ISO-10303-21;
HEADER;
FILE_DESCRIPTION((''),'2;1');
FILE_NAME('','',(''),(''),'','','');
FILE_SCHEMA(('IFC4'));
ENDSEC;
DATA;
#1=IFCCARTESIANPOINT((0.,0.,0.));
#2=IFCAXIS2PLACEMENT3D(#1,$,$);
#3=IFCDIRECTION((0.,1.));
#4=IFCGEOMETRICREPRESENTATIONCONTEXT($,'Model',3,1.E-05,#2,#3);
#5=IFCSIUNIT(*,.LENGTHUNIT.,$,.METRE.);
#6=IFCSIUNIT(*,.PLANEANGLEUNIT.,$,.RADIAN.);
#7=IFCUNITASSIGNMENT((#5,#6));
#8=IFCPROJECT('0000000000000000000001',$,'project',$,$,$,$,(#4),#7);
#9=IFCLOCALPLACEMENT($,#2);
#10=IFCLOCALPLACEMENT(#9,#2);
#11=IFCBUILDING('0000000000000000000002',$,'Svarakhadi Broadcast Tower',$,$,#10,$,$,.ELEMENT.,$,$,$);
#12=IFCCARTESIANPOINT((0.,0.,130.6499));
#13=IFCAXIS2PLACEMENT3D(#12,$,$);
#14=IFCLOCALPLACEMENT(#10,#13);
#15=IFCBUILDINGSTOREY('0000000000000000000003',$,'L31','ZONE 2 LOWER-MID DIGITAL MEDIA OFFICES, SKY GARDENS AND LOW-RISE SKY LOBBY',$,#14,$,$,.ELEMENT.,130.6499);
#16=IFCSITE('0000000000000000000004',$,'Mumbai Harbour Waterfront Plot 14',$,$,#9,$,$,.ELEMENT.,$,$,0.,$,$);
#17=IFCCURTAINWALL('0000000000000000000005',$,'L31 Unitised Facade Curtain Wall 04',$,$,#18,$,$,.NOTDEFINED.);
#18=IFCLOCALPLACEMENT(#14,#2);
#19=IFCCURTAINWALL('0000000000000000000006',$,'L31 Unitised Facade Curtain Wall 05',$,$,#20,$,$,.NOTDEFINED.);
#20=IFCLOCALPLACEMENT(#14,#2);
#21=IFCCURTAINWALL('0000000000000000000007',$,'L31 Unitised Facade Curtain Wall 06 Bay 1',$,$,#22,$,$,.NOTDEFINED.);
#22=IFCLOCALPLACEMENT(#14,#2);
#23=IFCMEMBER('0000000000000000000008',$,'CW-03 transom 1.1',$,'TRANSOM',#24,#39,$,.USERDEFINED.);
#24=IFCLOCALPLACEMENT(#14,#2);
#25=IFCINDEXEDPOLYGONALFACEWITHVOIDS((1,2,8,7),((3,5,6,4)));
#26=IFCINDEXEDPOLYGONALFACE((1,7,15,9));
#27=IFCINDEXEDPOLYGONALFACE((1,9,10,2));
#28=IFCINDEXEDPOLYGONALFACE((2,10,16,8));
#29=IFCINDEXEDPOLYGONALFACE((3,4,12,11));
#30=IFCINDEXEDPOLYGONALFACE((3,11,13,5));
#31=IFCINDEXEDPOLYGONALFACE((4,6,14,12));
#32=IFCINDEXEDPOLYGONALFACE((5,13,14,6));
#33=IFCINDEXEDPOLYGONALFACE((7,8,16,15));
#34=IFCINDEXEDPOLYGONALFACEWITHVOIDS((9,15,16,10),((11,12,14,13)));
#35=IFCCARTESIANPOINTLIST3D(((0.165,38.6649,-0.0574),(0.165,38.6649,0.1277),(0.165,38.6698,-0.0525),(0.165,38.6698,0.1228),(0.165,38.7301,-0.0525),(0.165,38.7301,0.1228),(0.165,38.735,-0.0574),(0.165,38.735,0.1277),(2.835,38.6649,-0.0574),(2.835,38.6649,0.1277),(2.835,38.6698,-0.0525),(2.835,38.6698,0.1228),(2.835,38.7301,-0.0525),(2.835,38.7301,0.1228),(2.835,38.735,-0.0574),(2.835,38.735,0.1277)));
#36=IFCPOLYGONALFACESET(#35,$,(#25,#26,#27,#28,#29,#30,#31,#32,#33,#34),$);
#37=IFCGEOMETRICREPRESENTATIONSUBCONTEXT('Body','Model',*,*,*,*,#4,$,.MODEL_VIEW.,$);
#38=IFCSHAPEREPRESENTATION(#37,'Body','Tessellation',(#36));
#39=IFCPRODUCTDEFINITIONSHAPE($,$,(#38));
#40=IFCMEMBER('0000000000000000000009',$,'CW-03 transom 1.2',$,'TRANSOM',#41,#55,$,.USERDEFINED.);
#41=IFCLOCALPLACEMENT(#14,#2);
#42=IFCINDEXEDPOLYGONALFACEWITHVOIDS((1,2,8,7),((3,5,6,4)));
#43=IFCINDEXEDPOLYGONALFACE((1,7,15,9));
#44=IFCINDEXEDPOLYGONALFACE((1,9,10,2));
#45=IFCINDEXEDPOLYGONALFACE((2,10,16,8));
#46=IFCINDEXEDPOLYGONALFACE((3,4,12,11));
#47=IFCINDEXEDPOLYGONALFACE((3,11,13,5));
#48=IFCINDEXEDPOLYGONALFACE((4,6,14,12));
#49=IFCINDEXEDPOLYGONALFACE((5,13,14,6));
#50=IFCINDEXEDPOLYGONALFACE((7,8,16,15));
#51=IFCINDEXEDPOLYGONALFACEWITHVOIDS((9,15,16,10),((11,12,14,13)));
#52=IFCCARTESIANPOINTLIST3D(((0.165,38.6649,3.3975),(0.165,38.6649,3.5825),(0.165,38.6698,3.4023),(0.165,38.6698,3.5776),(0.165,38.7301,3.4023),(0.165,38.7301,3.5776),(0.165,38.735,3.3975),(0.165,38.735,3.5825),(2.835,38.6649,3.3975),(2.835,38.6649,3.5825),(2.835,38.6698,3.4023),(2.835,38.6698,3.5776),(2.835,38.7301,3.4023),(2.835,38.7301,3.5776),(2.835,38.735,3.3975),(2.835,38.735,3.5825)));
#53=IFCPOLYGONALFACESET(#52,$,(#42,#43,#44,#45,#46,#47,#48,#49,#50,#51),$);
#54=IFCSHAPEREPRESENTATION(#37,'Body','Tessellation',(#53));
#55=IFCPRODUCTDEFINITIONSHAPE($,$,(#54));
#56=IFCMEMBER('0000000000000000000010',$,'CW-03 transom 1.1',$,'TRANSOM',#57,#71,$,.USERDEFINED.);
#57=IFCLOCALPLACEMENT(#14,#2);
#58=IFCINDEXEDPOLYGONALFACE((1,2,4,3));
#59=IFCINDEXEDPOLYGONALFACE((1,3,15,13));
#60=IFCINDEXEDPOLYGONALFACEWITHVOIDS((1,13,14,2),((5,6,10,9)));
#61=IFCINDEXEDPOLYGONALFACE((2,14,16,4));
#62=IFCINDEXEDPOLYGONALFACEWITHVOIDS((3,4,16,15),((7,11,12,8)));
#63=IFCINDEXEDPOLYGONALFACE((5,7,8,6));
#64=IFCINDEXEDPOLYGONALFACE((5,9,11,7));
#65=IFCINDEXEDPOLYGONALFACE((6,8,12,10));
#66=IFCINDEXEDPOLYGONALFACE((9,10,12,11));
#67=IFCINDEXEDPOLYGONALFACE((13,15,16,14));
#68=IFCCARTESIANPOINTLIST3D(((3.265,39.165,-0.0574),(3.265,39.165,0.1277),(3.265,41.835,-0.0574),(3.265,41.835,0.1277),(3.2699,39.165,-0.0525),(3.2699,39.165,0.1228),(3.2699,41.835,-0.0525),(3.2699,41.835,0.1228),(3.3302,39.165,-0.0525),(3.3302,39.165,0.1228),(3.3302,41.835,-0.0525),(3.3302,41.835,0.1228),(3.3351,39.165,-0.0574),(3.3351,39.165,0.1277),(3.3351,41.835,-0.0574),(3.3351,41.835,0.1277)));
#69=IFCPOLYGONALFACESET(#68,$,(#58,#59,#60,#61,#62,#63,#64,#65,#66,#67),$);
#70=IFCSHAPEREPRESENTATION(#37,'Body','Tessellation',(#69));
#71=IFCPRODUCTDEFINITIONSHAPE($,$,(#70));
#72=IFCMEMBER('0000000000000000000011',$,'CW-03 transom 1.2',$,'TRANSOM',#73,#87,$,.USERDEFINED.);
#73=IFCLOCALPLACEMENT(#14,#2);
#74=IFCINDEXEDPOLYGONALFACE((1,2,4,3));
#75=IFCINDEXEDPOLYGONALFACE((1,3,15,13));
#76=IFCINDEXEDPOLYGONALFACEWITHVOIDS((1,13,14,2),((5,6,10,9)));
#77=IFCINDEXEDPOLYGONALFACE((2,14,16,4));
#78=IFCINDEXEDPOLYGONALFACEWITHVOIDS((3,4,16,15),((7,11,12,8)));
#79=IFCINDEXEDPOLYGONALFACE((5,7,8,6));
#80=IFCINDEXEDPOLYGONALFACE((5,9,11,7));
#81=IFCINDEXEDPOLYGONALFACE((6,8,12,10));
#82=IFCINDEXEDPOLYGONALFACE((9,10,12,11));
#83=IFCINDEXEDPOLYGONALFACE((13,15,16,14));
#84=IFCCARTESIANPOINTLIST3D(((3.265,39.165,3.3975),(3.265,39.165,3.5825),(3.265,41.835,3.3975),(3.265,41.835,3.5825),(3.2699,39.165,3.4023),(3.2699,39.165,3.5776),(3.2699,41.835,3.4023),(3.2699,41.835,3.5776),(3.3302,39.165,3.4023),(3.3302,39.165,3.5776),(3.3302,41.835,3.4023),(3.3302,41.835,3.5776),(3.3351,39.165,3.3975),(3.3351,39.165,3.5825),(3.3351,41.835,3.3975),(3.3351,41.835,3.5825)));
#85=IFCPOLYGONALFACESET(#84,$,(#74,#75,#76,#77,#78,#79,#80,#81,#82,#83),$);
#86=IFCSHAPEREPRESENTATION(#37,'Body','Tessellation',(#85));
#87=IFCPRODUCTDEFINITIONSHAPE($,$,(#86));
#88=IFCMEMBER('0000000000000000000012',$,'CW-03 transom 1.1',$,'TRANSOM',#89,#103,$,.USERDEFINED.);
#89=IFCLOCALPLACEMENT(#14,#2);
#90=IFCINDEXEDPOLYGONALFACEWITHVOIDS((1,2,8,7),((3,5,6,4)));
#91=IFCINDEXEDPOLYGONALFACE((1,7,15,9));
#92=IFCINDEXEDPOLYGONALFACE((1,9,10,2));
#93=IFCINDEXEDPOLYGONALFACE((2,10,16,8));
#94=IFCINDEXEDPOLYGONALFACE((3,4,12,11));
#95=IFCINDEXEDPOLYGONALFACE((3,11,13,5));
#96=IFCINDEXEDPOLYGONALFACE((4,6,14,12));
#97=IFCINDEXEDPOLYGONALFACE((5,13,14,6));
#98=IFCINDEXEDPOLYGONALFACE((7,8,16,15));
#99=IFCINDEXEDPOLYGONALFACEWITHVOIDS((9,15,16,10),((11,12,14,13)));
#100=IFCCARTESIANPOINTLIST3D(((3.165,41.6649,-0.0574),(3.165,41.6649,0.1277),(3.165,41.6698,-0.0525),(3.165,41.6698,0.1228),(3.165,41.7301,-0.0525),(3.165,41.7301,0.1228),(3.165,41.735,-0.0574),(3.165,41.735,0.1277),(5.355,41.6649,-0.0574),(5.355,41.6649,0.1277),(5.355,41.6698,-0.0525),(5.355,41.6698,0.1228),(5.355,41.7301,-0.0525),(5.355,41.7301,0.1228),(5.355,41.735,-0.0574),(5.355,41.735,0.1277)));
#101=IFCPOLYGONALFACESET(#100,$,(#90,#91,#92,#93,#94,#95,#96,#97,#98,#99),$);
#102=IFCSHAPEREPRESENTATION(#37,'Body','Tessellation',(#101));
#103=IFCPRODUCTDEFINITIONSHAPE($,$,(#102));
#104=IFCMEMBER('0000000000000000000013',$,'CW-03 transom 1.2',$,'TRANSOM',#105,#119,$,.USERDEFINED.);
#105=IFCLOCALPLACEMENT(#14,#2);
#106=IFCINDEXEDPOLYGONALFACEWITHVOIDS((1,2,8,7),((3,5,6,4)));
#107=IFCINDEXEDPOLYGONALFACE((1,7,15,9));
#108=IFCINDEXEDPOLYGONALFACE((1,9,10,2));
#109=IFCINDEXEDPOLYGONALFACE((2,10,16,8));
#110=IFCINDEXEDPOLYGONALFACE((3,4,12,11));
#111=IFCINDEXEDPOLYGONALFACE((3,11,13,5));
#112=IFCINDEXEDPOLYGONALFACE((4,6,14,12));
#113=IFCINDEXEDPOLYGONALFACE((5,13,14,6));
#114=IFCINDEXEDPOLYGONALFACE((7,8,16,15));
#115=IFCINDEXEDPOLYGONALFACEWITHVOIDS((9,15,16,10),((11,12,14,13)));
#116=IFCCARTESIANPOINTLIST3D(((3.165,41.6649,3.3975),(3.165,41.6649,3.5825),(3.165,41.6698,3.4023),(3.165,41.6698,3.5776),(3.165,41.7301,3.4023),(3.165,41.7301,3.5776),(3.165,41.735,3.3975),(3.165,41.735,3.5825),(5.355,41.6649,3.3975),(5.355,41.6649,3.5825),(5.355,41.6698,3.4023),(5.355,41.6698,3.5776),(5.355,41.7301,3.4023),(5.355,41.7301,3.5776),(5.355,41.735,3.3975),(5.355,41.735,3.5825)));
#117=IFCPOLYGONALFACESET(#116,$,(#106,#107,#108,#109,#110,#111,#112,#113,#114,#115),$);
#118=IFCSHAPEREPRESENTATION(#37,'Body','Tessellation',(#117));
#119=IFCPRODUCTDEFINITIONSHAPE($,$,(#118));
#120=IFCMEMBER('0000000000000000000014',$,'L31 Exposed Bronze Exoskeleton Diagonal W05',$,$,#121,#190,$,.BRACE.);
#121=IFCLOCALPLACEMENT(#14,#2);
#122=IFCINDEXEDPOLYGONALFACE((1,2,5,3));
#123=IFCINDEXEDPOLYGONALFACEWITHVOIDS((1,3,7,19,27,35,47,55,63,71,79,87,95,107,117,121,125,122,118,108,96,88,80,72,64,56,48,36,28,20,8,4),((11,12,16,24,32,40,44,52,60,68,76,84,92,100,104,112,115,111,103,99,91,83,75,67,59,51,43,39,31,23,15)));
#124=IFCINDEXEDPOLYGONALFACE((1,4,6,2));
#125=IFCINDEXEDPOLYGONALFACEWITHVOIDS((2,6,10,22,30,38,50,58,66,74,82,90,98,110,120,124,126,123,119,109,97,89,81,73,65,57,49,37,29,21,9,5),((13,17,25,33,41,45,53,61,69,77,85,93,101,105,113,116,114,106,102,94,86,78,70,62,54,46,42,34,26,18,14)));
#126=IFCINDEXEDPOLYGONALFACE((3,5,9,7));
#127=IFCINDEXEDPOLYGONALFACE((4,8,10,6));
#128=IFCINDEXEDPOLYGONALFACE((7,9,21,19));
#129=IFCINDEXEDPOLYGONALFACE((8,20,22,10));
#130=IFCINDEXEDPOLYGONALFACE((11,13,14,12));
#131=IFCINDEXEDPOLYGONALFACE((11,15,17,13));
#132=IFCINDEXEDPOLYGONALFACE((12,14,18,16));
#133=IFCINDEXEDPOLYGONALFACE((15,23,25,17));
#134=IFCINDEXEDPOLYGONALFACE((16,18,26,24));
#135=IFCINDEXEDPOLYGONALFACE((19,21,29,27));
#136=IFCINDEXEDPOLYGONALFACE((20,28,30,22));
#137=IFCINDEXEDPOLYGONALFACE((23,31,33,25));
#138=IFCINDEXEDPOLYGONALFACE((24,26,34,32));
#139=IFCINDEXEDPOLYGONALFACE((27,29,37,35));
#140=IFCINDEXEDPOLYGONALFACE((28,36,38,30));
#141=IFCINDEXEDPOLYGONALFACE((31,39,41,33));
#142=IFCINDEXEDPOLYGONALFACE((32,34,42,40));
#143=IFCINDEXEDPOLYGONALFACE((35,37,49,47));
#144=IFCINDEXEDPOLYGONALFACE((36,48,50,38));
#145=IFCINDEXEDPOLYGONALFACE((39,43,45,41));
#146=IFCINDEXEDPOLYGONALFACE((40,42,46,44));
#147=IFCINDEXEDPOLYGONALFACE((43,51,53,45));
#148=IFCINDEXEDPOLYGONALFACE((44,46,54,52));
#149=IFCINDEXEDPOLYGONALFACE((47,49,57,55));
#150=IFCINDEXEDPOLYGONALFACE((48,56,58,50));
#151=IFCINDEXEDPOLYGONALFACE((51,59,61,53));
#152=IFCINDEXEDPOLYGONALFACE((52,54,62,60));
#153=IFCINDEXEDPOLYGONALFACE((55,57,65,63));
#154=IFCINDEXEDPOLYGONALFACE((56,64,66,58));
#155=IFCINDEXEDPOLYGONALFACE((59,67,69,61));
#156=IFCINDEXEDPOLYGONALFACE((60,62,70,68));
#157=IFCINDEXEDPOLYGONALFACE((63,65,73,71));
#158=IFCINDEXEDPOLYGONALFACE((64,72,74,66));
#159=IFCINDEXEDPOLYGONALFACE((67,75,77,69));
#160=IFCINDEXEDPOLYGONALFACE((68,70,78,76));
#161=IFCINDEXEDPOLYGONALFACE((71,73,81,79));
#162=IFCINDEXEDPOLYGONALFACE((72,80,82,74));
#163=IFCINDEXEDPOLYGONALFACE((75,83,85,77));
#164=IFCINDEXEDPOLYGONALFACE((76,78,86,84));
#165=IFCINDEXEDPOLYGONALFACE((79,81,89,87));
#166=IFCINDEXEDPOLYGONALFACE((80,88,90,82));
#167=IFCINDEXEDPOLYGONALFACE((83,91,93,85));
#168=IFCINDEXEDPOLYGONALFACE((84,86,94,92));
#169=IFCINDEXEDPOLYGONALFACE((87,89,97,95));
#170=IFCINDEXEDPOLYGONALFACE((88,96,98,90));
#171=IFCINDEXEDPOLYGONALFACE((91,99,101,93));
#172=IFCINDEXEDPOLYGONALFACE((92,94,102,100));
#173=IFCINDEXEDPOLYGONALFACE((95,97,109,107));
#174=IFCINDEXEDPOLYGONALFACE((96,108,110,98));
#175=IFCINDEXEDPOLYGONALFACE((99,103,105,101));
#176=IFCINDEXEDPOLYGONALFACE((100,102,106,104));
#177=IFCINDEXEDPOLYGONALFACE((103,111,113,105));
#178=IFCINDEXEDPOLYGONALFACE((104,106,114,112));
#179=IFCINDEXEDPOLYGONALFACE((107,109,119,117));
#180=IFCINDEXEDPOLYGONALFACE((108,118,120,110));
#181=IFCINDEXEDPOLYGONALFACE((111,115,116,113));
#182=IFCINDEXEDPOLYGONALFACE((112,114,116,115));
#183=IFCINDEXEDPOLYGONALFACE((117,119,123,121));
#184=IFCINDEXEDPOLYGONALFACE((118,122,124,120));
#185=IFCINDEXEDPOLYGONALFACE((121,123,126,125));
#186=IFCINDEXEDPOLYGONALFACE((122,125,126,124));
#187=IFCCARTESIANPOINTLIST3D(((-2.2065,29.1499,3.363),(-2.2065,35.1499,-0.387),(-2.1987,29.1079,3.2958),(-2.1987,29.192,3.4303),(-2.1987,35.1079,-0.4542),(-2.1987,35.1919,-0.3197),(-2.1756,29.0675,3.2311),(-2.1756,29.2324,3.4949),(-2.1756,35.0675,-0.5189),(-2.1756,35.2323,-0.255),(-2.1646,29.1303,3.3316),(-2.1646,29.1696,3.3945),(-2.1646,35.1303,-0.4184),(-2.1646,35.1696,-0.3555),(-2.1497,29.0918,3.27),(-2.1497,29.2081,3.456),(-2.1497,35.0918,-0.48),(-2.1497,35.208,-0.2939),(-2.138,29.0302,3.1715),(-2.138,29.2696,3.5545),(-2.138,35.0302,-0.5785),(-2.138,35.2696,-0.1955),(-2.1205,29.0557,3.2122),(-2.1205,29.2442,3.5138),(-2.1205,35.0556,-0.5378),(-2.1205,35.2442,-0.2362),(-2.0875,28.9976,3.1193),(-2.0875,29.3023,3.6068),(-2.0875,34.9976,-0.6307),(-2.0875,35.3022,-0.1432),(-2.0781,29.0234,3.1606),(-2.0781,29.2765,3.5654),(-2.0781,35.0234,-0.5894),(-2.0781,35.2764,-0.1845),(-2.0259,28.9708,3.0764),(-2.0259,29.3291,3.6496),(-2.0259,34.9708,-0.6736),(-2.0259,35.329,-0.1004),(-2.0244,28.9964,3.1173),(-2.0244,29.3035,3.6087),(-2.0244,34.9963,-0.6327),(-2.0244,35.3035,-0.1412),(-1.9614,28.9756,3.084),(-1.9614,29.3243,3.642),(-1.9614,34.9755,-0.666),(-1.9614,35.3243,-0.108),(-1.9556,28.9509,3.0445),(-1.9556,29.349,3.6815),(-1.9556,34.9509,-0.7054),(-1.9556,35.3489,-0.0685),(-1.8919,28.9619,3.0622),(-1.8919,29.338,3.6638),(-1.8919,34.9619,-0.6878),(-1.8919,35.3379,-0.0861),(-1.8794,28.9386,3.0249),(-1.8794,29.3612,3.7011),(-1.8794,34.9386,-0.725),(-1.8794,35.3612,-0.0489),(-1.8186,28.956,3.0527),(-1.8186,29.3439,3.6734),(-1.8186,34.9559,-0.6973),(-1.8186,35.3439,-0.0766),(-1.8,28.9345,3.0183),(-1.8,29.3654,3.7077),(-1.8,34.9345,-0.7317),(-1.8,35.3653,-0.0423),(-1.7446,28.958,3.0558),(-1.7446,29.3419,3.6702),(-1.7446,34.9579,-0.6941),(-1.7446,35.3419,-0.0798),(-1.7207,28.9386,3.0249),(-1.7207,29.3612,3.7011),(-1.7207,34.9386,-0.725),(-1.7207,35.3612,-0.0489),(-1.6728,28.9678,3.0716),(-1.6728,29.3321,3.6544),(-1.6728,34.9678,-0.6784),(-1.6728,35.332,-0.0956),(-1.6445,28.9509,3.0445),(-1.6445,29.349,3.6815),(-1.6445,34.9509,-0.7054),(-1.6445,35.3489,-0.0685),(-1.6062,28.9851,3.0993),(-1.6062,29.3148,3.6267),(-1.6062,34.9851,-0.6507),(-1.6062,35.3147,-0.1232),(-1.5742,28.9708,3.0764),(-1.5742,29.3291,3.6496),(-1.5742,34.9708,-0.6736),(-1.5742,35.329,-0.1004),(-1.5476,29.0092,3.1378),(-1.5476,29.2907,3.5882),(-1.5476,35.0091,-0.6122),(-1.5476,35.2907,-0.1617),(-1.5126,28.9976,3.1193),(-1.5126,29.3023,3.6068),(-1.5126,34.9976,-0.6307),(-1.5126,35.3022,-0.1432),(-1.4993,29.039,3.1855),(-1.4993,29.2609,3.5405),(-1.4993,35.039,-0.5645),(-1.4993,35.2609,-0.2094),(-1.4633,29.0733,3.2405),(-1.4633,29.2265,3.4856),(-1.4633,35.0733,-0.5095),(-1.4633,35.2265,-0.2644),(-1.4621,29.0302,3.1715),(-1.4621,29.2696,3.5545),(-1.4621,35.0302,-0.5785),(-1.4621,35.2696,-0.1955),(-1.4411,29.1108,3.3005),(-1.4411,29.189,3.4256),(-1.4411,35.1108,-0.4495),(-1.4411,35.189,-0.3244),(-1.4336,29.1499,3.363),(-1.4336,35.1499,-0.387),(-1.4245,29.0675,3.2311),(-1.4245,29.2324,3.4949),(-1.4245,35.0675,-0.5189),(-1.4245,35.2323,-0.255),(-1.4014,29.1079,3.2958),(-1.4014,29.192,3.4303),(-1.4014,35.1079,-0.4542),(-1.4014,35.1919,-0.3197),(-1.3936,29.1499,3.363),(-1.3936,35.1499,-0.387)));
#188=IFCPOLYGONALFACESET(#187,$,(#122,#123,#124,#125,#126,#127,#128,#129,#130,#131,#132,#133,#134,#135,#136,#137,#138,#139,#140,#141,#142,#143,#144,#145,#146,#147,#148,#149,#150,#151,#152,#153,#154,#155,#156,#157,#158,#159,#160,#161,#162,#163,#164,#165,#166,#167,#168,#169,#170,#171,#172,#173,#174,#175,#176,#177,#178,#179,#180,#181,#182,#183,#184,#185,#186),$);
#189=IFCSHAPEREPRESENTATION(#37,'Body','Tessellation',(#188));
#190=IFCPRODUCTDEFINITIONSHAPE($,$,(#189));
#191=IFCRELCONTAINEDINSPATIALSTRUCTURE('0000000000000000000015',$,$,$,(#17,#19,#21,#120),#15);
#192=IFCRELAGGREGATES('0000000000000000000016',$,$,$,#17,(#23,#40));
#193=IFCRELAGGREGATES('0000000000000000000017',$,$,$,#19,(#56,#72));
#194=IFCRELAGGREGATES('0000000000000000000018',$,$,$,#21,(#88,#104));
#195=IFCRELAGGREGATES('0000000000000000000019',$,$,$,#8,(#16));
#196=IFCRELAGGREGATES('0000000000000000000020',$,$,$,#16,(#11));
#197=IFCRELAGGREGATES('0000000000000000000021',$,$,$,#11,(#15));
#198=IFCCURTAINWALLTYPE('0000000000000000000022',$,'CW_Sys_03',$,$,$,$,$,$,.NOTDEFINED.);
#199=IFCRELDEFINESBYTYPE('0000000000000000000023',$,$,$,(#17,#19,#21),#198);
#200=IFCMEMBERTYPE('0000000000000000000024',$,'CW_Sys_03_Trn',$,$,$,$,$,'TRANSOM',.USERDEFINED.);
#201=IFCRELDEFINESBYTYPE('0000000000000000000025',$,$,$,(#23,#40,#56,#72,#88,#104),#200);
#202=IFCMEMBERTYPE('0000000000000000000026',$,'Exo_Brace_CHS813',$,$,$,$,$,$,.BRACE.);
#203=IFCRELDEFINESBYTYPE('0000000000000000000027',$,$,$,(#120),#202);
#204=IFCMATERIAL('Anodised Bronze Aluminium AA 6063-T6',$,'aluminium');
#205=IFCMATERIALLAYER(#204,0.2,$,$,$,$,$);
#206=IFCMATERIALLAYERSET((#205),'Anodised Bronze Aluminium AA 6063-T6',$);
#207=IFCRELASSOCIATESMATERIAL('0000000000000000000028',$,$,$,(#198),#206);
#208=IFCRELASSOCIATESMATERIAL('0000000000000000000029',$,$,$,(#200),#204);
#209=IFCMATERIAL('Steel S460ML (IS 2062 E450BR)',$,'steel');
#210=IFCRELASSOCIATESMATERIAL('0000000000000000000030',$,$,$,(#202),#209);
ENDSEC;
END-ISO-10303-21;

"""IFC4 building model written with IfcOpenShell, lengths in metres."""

from ifc_helpers import new_model, si_unit, direction, frame, origin, origin_2d, place, context, subcontext, project, spatial, hollow_rectangle, hollow_circle, extrude, material, layer, layer_set, material_profile, profile_set, type_object, element, aggregate, save


model = new_model("IFC4")

# Units and contexts
model_context = context("Model", 3, precision=1e-05, world=origin(), true_north=direction((0.0, 1.0)))
body_context = subcontext(model_context, "Body", "Model", "MODEL_VIEW")
ifc_project = project(units=[si_unit("LENGTHUNIT", "METRE"), si_unit("PLANEANGLEUNIT", "RADIAN")], contexts=[model_context])

# Site, building, storey
site_placement = place(None, origin())
site = spatial("IfcSite", under=ifc_project, at=site_placement, Name="Mumbai Harbour Waterfront Plot 14", CompositionType="ELEMENT", RefElevation=0.0)
building_placement = place(site_placement, origin())
building = spatial("IfcBuilding", under=site, at=building_placement, Name="Svarakhadi Broadcast Tower", CompositionType="ELEMENT")
storey_placement = place(building_placement, frame((0.0, 0.0, 130.6499)))
storey = spatial("IfcBuildingStorey", under=building, at=storey_placement, Name="L31", Description="ZONE 2 LOWER-MID DIGITAL MEDIA OFFICES, SKY GARDENS AND LOW-RISE SKY LOBBY", CompositionType="ELEMENT", Elevation=130.6499)

# Shared definitions
ifc_material_1 = material(Name="Anodised Bronze Aluminium AA 6063-T6", Category="aluminium")
ifc_layer_1 = layer(ifc_material_1, 0.2)
ifc_layer_set_1 = layer_set([ifc_layer_1], Name="Anodised Bronze Aluminium AA 6063-T6")
curtain_wall_type = type_object("IfcCurtainWallType", Name="CW_Sys_03", PredefinedType="NOTDEFINED", material=ifc_layer_set_1)

# Curtain walls
curtain_wall_1_placement = place(storey_placement, origin())
curtain_wall_1 = element("IfcCurtainWall", 1, at=curtain_wall_1_placement, inside=storey, type_object=curtain_wall_type, Name="L31 Unitised Facade Curtain Wall 04", PredefinedType="NOTDEFINED")
curtain_wall_2_placement = place(storey_placement, origin())
curtain_wall_2 = element("IfcCurtainWall", 2, at=curtain_wall_2_placement, inside=storey, type_object=curtain_wall_type, Name="L31 Unitised Facade Curtain Wall 05", PredefinedType="NOTDEFINED")

# Curtain wall
curtain_wall_3_placement = place(storey_placement, origin())
curtain_wall_3 = element("IfcCurtainWall", 3, at=curtain_wall_3_placement, inside=storey, type_object=curtain_wall_type, Name="L31 Unitised Facade Curtain Wall 06 Bay 1", PredefinedType="NOTDEFINED")

# Members
ifc_material_profile_1 = material_profile(ifc_material_1, hollow_rectangle(XDim=0.0701, YDim=0.1851, WallThickness=0.0049, at=origin_2d()), Name="ALU TRANSOM 185x70x5")
ifc_profile_set_1 = profile_set([ifc_material_profile_1], Name="Anodised Bronze Aluminium AA 6063-T6")
member_type_1 = type_object("IfcMemberType", Name="CW_Sys_03_Trn", ElementType="TRANSOM", PredefinedType="USERDEFINED", material=ifc_profile_set_1)
member_1_placement = place(storey_placement, frame((0.165, 38.7, 0.0352), z_axis=(1.0, 0.0, 0.0), x_axis=(0.0, 1.0, 0.0)))
member_1 = element("IfcMember", 4, at=member_1_placement, type_object=member_type_1, Name="CW-03 transom 1.1", ObjectType="TRANSOM", PredefinedType="USERDEFINED", context=body_context, shape_type="SweptSolid", body=[
    extrude(hollow_rectangle(XDim=0.0701, YDim=0.1851, WallThickness=0.0049, at=origin_2d()), origin(), (0.0, 0.0, 1.0), 2.6699),
])
member_2_placement = place(storey_placement, frame((0.165, 38.7, 3.49), z_axis=(1.0, 0.0, 0.0), x_axis=(0.0, 1.0, 0.0)))
member_2 = element("IfcMember", 5, at=member_2_placement, type_object=member_type_1, Name="CW-03 transom 1.2", ObjectType="TRANSOM", PredefinedType="USERDEFINED", context=body_context, shape_type="SweptSolid", body=[
    extrude(hollow_rectangle(XDim=0.0701, YDim=0.1851, WallThickness=0.0049, at=origin_2d()), origin(), (0.0, 0.0, 1.0), 2.6699),
])
member_3_placement = place(storey_placement, frame((3.3, 39.165, 0.0352), z_axis=(0.0, 1.0, 0.0), x_axis=(-1.0, 0.0, 0.0)))
member_3 = element("IfcMember", 6, at=member_3_placement, type_object=member_type_1, Name="CW-03 transom 1.1", ObjectType="TRANSOM", PredefinedType="USERDEFINED", context=body_context, shape_type="SweptSolid", body=[
    extrude(hollow_rectangle(XDim=0.0701, YDim=0.1851, WallThickness=0.0049, at=origin_2d()), origin(), (0.0, 0.0, 1.0), 2.6699),
])
member_4_placement = place(storey_placement, frame((3.3, 39.165, 3.49), z_axis=(0.0, 1.0, 0.0), x_axis=(-1.0, 0.0, 0.0)))
member_4 = element("IfcMember", 7, at=member_4_placement, type_object=member_type_1, Name="CW-03 transom 1.2", ObjectType="TRANSOM", PredefinedType="USERDEFINED", context=body_context, shape_type="SweptSolid", body=[
    extrude(hollow_rectangle(XDim=0.0701, YDim=0.1851, WallThickness=0.0049, at=origin_2d()), origin(), (0.0, 0.0, 1.0), 2.6699),
])
member_5_placement = place(storey_placement, frame((3.165, 41.7, 0.0352), z_axis=(1.0, 0.0, 0.0), x_axis=(0.0, 1.0, 0.0)))
member_5 = element("IfcMember", 8, at=member_5_placement, type_object=member_type_1, Name="CW-03 transom 1.1", ObjectType="TRANSOM", PredefinedType="USERDEFINED", context=body_context, shape_type="SweptSolid", body=[
    extrude(hollow_rectangle(XDim=0.0701, YDim=0.1851, WallThickness=0.0049, at=origin_2d()), origin(), (0.0, 0.0, 1.0), 2.1899),
])
member_6_placement = place(storey_placement, frame((3.165, 41.7, 3.49), z_axis=(1.0, 0.0, 0.0), x_axis=(0.0, 1.0, 0.0)))
member_6 = element("IfcMember", 9, at=member_6_placement, type_object=member_type_1, Name="CW-03 transom 1.2", ObjectType="TRANSOM", PredefinedType="USERDEFINED", context=body_context, shape_type="SweptSolid", body=[
    extrude(hollow_rectangle(XDim=0.0701, YDim=0.1851, WallThickness=0.0049, at=origin_2d()), origin(), (0.0, 0.0, 1.0), 2.1899),
])

# Member
ifc_material_2 = material(Name="Steel S460ML (IS 2062 E450BR)", Category="steel")
ifc_material_profile_2 = material_profile(ifc_material_2, hollow_circle(Radius=0.4065, WallThickness=0.04, at=origin_2d()), Name="CHS 813x40")
ifc_profile_set_2 = profile_set([ifc_material_profile_2], Name="Steel S460ML (IS 2062 E450BR)")
member_type_2 = type_object("IfcMemberType", Name="Exo_Brace_CHS813", PredefinedType="BRACE", material=ifc_profile_set_2)
member_7_placement = place(storey_placement, frame((-1.8, 35.1499, -0.387), z_axis=(0.0, -0.847998, 0.529999), x_axis=(1.0, 0.0, 0.0)))
element("IfcMember", 10, at=member_7_placement, inside=storey, type_object=member_type_2, Name="L31 Exposed Bronze Exoskeleton Diagonal W05", PredefinedType="BRACE", context=body_context, shape_type="SweptSolid", body=[
    extrude(hollow_circle(Radius=0.4065, WallThickness=0.04, at=origin_2d()), origin(), (0.0, 0.0, 1.0), 7.0754),
])

aggregate(curtain_wall_1, [member_1, member_2])
aggregate(curtain_wall_2, [member_3, member_4])
aggregate(curtain_wall_3, [member_5, member_6])

save(model, "model.ifc")
